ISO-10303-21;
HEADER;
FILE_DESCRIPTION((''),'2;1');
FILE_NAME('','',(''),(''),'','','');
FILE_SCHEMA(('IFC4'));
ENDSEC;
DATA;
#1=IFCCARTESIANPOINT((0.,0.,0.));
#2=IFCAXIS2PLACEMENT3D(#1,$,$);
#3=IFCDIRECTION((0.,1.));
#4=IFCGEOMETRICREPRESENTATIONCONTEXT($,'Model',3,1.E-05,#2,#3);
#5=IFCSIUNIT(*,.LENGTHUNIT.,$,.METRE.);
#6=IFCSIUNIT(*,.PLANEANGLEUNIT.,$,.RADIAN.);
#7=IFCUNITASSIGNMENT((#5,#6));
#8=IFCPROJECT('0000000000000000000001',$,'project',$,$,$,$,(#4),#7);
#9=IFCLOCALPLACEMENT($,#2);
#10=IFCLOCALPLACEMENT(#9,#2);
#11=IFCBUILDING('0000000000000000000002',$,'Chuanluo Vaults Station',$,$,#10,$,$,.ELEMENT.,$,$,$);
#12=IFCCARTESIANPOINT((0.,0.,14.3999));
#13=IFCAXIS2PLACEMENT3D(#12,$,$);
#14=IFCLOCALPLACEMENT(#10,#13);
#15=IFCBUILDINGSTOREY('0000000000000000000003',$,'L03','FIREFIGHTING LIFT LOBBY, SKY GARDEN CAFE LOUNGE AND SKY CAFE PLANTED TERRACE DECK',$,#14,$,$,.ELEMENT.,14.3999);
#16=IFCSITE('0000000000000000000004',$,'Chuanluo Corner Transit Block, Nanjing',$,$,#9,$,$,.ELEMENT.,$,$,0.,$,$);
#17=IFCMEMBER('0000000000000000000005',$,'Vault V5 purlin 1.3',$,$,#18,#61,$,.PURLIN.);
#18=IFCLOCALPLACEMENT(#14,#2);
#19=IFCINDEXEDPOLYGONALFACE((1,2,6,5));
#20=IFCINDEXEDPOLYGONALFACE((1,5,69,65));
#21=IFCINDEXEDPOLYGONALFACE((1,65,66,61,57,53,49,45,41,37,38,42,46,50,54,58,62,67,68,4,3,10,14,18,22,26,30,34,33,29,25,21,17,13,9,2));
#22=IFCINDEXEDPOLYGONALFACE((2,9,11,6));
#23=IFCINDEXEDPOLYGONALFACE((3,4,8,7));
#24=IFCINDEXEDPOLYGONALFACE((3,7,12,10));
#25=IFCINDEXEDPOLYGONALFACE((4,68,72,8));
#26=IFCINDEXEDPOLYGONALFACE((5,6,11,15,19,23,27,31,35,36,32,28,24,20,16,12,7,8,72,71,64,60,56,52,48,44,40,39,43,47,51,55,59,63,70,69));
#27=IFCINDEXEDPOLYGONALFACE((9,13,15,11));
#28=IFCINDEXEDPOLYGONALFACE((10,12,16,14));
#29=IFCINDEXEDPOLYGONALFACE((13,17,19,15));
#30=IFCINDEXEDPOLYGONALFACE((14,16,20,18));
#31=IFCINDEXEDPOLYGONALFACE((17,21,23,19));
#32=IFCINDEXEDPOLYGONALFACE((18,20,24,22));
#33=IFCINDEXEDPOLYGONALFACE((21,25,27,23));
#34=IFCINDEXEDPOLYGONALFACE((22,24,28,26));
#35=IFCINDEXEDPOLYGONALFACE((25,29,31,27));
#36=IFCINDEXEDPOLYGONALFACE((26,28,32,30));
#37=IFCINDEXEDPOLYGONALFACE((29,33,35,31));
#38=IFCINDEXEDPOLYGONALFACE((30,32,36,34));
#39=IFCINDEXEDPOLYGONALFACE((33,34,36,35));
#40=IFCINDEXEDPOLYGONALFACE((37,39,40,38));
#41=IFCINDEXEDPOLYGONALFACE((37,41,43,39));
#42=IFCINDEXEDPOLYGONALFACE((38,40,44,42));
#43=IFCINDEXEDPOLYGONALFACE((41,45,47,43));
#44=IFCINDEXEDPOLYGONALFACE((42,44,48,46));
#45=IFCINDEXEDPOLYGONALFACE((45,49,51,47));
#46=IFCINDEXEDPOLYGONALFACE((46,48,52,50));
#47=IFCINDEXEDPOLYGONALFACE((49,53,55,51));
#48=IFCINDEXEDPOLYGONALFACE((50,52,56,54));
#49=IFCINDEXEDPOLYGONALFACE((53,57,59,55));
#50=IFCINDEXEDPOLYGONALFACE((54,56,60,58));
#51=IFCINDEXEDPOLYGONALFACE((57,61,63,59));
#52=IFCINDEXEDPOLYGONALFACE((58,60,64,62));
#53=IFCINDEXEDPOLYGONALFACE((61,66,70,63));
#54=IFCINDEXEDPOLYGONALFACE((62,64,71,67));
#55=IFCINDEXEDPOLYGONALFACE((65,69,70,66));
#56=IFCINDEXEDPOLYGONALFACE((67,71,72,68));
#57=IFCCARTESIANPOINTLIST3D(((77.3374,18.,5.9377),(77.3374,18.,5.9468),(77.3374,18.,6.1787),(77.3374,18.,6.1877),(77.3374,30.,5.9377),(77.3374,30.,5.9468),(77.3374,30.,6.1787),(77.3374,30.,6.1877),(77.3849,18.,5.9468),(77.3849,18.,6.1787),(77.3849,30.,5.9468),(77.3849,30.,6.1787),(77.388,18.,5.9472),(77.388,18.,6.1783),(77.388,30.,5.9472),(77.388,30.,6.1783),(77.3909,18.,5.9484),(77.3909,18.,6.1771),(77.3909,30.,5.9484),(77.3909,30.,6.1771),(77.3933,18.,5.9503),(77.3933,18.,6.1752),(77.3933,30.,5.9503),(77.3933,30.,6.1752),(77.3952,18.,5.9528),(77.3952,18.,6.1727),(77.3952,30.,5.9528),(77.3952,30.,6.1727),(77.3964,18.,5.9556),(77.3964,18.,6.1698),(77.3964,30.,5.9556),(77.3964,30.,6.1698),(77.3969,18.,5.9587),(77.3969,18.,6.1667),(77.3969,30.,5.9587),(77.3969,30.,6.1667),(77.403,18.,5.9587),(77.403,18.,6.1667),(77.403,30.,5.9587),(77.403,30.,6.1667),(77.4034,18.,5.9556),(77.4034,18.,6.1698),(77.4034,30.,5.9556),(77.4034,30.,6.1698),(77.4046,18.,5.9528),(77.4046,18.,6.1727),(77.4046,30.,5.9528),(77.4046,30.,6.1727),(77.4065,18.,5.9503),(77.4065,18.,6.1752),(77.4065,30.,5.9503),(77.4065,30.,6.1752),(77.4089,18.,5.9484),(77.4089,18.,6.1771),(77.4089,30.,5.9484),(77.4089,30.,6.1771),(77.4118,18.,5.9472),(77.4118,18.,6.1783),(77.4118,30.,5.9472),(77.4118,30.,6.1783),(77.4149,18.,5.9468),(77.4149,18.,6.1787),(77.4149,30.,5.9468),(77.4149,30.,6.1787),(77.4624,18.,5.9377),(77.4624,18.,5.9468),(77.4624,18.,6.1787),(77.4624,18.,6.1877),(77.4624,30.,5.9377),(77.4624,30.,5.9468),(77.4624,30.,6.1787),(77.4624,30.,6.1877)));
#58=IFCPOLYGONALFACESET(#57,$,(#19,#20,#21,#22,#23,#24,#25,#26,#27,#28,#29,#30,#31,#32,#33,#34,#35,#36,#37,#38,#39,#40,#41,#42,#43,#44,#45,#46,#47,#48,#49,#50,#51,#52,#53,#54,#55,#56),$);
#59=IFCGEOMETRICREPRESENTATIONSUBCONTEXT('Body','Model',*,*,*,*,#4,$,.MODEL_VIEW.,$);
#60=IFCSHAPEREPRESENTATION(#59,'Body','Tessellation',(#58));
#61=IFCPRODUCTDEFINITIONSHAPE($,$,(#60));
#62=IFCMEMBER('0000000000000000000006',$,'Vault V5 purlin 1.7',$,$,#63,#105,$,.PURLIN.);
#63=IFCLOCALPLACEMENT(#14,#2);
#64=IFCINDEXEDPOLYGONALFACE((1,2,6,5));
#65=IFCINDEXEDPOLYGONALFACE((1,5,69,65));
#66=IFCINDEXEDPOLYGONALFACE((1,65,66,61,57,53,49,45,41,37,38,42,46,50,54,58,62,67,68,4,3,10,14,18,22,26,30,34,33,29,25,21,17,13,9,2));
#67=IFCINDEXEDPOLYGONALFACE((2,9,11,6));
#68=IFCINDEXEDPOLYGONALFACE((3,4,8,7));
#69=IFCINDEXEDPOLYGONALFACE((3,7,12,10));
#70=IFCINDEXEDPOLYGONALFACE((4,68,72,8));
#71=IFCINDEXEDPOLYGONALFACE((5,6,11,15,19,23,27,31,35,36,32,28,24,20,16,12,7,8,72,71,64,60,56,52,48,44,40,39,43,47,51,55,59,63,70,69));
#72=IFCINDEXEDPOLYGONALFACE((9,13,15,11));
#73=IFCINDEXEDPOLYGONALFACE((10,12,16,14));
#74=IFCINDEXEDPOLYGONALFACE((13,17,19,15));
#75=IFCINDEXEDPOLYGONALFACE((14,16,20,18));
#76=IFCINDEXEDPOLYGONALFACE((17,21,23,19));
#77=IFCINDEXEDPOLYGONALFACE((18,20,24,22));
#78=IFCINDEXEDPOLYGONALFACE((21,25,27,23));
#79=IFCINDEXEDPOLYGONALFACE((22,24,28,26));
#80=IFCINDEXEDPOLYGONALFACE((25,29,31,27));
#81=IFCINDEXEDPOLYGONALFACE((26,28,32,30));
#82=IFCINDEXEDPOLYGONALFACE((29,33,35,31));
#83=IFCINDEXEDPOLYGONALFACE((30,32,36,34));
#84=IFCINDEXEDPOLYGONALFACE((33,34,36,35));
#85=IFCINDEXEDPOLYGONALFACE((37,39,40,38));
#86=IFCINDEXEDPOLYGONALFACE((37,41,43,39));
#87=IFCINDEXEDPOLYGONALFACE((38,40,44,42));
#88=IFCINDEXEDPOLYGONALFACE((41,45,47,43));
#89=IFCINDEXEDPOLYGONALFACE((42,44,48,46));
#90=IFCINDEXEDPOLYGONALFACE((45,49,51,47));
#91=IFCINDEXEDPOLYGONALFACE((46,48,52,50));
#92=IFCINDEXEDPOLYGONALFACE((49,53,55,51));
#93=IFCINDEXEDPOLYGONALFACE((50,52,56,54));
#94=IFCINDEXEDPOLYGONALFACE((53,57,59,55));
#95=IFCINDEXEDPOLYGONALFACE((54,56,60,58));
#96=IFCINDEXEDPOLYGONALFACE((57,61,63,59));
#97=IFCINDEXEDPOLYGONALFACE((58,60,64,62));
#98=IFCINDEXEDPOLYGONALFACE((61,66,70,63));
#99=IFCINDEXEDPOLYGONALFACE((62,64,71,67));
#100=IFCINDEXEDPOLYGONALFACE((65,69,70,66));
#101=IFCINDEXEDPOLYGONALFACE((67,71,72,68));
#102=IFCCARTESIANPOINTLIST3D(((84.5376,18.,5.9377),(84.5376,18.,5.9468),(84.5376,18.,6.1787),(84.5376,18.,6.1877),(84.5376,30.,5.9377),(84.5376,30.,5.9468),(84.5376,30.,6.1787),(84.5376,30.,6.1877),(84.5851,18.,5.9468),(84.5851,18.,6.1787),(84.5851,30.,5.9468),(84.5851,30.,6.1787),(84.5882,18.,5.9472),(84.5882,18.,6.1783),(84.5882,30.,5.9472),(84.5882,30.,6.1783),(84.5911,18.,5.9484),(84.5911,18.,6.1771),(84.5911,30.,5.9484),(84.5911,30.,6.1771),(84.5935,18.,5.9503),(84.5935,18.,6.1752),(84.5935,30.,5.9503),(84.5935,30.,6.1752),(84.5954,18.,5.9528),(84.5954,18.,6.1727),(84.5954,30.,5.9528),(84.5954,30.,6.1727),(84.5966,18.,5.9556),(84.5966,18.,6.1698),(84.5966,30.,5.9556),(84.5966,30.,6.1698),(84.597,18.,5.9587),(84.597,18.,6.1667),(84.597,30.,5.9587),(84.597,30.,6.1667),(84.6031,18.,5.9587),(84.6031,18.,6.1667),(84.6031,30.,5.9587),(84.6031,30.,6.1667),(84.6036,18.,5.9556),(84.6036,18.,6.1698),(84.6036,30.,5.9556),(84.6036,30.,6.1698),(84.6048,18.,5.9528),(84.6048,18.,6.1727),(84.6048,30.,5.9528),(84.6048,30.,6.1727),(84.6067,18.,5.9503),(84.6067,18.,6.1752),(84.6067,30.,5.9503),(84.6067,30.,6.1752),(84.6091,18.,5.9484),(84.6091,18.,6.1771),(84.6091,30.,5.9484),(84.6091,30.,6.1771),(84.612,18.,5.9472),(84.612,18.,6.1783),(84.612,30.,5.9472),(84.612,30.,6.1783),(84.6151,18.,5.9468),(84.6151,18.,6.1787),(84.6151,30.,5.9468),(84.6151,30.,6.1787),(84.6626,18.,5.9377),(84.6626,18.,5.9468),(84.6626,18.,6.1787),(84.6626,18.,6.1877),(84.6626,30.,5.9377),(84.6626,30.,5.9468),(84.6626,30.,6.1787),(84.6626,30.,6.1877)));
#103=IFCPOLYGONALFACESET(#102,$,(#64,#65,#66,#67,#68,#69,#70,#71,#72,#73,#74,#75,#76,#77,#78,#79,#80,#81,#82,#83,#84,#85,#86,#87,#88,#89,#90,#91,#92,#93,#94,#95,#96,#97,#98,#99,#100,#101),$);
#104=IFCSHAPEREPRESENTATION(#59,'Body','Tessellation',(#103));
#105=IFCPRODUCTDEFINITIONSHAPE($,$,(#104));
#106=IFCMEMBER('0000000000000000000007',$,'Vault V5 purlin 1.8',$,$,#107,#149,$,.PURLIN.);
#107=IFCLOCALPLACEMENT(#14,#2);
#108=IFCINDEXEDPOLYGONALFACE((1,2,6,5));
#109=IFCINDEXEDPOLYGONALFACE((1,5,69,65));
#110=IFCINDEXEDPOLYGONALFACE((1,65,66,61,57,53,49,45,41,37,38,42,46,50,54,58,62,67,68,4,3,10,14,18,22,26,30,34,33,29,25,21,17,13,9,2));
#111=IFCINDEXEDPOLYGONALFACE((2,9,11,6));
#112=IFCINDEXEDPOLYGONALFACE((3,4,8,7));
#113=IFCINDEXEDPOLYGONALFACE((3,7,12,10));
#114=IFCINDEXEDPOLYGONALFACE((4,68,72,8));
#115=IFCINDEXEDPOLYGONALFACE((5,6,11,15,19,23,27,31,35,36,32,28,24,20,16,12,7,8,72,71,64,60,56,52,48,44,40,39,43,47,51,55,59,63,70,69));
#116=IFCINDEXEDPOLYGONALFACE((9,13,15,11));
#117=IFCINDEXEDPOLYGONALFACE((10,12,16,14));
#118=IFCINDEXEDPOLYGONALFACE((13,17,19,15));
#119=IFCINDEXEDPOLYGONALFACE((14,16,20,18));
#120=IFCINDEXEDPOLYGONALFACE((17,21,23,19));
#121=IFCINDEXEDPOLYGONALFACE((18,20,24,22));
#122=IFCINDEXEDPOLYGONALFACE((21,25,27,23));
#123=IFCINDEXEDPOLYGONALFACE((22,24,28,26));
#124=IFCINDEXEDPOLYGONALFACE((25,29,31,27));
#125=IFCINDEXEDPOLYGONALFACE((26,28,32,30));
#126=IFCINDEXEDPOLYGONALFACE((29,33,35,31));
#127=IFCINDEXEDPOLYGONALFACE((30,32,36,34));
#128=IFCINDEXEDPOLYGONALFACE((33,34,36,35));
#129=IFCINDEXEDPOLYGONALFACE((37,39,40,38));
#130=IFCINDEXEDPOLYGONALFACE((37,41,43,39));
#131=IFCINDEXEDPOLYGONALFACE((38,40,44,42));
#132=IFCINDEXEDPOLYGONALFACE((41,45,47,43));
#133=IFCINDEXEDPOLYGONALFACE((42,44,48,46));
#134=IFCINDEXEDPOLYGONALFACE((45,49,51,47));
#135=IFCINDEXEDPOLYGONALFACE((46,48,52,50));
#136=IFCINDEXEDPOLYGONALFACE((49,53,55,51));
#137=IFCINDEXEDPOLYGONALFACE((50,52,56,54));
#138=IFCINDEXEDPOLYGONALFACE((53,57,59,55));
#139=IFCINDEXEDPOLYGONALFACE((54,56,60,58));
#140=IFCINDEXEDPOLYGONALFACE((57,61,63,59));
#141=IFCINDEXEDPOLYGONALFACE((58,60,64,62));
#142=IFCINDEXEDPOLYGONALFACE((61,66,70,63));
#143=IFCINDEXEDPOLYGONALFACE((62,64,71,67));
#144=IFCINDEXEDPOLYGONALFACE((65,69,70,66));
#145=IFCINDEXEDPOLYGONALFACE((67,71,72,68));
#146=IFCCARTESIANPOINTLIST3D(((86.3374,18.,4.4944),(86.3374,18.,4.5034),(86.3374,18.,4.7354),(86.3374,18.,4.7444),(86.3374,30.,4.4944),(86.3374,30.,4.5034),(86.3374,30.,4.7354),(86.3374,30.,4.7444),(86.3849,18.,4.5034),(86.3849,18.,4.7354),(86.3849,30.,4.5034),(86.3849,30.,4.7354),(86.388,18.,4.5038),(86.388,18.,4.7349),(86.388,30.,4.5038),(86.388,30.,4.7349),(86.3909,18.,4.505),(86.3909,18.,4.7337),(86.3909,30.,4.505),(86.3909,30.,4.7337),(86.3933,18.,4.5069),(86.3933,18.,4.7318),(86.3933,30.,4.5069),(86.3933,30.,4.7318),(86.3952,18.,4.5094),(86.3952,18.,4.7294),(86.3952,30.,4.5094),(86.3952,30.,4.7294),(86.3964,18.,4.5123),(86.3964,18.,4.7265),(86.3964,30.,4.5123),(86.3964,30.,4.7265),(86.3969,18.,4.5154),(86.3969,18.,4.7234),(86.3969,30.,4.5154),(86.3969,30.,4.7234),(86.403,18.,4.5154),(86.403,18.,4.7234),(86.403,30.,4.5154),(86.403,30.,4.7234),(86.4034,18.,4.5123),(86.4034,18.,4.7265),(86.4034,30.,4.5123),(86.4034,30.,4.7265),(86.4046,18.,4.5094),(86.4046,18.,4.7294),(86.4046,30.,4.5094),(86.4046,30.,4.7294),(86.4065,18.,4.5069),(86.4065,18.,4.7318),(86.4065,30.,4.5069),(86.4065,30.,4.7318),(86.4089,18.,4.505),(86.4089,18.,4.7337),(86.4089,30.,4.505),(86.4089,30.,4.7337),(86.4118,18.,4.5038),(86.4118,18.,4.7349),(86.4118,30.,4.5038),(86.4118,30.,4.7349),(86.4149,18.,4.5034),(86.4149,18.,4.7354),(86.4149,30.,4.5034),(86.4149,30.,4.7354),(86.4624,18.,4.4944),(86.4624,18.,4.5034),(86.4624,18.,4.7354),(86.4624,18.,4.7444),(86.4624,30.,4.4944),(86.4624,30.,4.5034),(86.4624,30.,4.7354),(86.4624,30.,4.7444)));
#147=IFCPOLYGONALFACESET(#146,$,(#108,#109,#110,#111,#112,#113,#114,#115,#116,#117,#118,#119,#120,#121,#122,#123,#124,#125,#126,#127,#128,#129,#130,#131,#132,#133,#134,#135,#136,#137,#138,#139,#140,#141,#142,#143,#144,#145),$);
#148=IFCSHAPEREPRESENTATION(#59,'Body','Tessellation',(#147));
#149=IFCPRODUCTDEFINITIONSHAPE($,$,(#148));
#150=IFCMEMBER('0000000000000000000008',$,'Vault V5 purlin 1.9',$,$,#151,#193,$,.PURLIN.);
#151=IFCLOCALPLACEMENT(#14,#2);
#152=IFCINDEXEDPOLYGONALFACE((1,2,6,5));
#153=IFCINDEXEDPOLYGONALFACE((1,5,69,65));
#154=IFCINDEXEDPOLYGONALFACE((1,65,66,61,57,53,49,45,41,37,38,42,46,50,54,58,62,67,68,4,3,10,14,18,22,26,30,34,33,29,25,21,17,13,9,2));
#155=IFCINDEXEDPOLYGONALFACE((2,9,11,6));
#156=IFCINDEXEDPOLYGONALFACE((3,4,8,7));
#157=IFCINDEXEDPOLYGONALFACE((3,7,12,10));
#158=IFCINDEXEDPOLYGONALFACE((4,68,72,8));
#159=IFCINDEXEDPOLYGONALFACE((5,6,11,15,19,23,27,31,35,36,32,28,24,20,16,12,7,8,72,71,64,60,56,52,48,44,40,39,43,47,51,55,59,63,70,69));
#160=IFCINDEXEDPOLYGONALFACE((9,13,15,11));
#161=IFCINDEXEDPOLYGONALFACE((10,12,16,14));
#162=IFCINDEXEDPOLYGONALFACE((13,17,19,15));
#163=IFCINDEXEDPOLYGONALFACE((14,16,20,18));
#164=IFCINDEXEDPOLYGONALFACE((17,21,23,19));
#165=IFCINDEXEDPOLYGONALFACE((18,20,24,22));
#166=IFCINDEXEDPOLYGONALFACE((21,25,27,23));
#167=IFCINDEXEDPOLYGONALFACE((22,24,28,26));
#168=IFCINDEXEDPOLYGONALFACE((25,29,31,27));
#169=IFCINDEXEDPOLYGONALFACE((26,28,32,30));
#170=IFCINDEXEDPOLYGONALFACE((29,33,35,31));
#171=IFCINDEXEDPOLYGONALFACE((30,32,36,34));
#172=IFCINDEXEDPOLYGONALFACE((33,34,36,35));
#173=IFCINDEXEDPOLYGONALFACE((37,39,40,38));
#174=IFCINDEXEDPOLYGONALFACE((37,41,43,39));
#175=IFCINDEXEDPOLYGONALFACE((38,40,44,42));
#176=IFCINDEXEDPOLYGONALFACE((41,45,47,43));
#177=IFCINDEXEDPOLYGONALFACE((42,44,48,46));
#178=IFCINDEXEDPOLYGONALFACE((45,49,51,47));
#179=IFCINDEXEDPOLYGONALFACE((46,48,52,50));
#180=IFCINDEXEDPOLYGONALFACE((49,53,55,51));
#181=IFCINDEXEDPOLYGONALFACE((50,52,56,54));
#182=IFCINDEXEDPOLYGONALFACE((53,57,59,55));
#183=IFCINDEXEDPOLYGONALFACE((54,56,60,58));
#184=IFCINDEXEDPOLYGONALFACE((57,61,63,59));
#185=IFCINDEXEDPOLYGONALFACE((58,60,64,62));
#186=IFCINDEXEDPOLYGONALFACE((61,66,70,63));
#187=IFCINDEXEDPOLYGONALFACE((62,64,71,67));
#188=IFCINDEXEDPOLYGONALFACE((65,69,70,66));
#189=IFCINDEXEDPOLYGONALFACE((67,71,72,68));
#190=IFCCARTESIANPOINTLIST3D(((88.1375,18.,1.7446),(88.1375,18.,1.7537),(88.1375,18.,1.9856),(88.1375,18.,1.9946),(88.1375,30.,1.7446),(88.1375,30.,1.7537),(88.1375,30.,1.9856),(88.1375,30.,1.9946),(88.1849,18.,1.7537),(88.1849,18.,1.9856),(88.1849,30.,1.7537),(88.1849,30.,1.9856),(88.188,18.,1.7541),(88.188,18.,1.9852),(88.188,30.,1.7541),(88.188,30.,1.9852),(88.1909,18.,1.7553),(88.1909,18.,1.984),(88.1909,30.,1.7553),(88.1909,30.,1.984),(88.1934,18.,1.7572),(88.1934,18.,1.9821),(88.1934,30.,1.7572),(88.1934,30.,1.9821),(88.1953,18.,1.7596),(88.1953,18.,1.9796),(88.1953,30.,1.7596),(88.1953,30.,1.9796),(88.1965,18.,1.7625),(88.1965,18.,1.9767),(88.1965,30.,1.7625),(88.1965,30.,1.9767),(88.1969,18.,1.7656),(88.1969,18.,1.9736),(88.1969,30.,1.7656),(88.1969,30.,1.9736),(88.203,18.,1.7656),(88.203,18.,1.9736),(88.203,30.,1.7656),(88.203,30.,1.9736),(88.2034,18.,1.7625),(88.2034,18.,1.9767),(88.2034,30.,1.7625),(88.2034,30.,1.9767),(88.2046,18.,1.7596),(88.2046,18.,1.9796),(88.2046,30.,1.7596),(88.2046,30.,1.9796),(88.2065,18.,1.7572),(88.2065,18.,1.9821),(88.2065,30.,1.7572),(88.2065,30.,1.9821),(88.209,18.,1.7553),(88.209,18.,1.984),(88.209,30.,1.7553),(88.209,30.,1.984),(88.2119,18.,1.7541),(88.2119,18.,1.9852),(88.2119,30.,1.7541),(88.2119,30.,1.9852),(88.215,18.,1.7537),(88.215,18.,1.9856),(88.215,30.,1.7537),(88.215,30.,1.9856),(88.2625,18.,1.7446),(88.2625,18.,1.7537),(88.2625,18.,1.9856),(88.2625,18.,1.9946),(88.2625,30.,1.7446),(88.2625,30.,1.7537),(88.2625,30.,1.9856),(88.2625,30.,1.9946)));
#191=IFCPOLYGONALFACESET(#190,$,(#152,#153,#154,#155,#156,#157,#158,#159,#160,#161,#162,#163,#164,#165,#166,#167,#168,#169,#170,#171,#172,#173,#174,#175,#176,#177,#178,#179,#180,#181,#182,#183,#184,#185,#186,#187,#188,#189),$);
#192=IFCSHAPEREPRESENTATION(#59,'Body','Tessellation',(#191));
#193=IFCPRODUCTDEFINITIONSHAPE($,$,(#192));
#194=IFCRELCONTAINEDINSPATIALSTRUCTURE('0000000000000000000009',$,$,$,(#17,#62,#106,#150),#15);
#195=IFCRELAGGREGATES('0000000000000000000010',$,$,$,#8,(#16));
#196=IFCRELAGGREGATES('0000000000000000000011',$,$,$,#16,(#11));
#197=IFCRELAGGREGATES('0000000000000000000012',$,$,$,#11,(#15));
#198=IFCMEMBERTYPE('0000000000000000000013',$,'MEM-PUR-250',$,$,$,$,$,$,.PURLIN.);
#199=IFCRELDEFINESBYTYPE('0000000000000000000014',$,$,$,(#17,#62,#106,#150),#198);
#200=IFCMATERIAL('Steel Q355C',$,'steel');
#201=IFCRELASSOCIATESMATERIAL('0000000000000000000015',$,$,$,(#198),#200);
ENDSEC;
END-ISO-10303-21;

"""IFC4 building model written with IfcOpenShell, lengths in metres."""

from ifc_helpers import new_model, si_unit, direction, frame, origin, origin_2d, place, context, subcontext, project, spatial, i_section, extrude, material, material_profile, profile_set, type_object, element, save


model = new_model("IFC4")

# Units and contexts
model_context = context("Model", 3, precision=1e-05, world=origin(), true_north=direction((0.0, 1.0)))
body_context = subcontext(model_context, "Body", "Model", "MODEL_VIEW")
ifc_project = project(units=[si_unit("LENGTHUNIT", "METRE"), si_unit("PLANEANGLEUNIT", "RADIAN")], contexts=[model_context])

# Site, building, storey
site_placement = place(None, origin())
site = spatial("IfcSite", under=ifc_project, at=site_placement, Name="Chuanluo Corner Transit Block, Nanjing", CompositionType="ELEMENT", RefElevation=0.0)
building_placement = place(site_placement, origin())
building = spatial("IfcBuilding", under=site, at=building_placement, Name="Chuanluo Vaults Station", CompositionType="ELEMENT")
storey_placement = place(building_placement, frame((0.0, 0.0, 14.3999)))
storey = spatial("IfcBuildingStorey", under=building, at=storey_placement, Name="L03", Description="FIREFIGHTING LIFT LOBBY, SKY GARDEN CAFE LOUNGE AND SKY CAFE PLANTED TERRACE DECK", CompositionType="ELEMENT", Elevation=14.3999)

# Members
ifc_material_1 = material(Name="Steel Q355C", Category="steel")
ifc_material_profile_1 = material_profile(ifc_material_1, i_section(OverallWidth=0.125, OverallDepth=0.25, WebThickness=0.0061, FlangeThickness=0.009, FilletRadius=0.012, at=origin_2d()))
ifc_profile_set_1 = profile_set([ifc_material_profile_1], Name="Steel Q355C")
member_type_1 = type_object("IfcMemberType", Name="MEM-PUR-250", PredefinedType="PURLIN", material=ifc_profile_set_1)
for number, where, z_axis, x_axis, name in (
    (1, (77.3999, 18.0, 6.0627), (0.0, 1.0, 0.0), (-1.0, 0.0, 0.0), "Vault V5 purlin 1.3"),
    (2, (84.6001, 18.0, 6.0627), (0.0, 1.0, 0.0), (-1.0, 0.0, 0.0), "Vault V5 purlin 1.7"),
    (3, (86.3999, 18.0, 4.6194), (0.0, 1.0, 0.0), (-1.0, 0.0, 0.0), "Vault V5 purlin 1.8"),
    (4, (88.2, 18.0, 1.8696), (0.0, 1.0, 0.0), (-1.0, 0.0, 0.0), "Vault V5 purlin 1.9"),
):
    element("IfcMember", number, at=place(storey_placement, frame(where, z_axis=z_axis, x_axis=x_axis)), inside=storey, type_object=member_type_1, Name=name, PredefinedType="PURLIN", context=body_context, shape_type="SweptSolid", body=[
        extrude(i_section(OverallWidth=0.125, OverallDepth=0.25, WebThickness=0.0061, FlangeThickness=0.009, FilletRadius=0.012, at=origin_2d()), origin(), (0.0, 0.0, 1.0), 12.0),
    ])

save(model, "model.ifc")
